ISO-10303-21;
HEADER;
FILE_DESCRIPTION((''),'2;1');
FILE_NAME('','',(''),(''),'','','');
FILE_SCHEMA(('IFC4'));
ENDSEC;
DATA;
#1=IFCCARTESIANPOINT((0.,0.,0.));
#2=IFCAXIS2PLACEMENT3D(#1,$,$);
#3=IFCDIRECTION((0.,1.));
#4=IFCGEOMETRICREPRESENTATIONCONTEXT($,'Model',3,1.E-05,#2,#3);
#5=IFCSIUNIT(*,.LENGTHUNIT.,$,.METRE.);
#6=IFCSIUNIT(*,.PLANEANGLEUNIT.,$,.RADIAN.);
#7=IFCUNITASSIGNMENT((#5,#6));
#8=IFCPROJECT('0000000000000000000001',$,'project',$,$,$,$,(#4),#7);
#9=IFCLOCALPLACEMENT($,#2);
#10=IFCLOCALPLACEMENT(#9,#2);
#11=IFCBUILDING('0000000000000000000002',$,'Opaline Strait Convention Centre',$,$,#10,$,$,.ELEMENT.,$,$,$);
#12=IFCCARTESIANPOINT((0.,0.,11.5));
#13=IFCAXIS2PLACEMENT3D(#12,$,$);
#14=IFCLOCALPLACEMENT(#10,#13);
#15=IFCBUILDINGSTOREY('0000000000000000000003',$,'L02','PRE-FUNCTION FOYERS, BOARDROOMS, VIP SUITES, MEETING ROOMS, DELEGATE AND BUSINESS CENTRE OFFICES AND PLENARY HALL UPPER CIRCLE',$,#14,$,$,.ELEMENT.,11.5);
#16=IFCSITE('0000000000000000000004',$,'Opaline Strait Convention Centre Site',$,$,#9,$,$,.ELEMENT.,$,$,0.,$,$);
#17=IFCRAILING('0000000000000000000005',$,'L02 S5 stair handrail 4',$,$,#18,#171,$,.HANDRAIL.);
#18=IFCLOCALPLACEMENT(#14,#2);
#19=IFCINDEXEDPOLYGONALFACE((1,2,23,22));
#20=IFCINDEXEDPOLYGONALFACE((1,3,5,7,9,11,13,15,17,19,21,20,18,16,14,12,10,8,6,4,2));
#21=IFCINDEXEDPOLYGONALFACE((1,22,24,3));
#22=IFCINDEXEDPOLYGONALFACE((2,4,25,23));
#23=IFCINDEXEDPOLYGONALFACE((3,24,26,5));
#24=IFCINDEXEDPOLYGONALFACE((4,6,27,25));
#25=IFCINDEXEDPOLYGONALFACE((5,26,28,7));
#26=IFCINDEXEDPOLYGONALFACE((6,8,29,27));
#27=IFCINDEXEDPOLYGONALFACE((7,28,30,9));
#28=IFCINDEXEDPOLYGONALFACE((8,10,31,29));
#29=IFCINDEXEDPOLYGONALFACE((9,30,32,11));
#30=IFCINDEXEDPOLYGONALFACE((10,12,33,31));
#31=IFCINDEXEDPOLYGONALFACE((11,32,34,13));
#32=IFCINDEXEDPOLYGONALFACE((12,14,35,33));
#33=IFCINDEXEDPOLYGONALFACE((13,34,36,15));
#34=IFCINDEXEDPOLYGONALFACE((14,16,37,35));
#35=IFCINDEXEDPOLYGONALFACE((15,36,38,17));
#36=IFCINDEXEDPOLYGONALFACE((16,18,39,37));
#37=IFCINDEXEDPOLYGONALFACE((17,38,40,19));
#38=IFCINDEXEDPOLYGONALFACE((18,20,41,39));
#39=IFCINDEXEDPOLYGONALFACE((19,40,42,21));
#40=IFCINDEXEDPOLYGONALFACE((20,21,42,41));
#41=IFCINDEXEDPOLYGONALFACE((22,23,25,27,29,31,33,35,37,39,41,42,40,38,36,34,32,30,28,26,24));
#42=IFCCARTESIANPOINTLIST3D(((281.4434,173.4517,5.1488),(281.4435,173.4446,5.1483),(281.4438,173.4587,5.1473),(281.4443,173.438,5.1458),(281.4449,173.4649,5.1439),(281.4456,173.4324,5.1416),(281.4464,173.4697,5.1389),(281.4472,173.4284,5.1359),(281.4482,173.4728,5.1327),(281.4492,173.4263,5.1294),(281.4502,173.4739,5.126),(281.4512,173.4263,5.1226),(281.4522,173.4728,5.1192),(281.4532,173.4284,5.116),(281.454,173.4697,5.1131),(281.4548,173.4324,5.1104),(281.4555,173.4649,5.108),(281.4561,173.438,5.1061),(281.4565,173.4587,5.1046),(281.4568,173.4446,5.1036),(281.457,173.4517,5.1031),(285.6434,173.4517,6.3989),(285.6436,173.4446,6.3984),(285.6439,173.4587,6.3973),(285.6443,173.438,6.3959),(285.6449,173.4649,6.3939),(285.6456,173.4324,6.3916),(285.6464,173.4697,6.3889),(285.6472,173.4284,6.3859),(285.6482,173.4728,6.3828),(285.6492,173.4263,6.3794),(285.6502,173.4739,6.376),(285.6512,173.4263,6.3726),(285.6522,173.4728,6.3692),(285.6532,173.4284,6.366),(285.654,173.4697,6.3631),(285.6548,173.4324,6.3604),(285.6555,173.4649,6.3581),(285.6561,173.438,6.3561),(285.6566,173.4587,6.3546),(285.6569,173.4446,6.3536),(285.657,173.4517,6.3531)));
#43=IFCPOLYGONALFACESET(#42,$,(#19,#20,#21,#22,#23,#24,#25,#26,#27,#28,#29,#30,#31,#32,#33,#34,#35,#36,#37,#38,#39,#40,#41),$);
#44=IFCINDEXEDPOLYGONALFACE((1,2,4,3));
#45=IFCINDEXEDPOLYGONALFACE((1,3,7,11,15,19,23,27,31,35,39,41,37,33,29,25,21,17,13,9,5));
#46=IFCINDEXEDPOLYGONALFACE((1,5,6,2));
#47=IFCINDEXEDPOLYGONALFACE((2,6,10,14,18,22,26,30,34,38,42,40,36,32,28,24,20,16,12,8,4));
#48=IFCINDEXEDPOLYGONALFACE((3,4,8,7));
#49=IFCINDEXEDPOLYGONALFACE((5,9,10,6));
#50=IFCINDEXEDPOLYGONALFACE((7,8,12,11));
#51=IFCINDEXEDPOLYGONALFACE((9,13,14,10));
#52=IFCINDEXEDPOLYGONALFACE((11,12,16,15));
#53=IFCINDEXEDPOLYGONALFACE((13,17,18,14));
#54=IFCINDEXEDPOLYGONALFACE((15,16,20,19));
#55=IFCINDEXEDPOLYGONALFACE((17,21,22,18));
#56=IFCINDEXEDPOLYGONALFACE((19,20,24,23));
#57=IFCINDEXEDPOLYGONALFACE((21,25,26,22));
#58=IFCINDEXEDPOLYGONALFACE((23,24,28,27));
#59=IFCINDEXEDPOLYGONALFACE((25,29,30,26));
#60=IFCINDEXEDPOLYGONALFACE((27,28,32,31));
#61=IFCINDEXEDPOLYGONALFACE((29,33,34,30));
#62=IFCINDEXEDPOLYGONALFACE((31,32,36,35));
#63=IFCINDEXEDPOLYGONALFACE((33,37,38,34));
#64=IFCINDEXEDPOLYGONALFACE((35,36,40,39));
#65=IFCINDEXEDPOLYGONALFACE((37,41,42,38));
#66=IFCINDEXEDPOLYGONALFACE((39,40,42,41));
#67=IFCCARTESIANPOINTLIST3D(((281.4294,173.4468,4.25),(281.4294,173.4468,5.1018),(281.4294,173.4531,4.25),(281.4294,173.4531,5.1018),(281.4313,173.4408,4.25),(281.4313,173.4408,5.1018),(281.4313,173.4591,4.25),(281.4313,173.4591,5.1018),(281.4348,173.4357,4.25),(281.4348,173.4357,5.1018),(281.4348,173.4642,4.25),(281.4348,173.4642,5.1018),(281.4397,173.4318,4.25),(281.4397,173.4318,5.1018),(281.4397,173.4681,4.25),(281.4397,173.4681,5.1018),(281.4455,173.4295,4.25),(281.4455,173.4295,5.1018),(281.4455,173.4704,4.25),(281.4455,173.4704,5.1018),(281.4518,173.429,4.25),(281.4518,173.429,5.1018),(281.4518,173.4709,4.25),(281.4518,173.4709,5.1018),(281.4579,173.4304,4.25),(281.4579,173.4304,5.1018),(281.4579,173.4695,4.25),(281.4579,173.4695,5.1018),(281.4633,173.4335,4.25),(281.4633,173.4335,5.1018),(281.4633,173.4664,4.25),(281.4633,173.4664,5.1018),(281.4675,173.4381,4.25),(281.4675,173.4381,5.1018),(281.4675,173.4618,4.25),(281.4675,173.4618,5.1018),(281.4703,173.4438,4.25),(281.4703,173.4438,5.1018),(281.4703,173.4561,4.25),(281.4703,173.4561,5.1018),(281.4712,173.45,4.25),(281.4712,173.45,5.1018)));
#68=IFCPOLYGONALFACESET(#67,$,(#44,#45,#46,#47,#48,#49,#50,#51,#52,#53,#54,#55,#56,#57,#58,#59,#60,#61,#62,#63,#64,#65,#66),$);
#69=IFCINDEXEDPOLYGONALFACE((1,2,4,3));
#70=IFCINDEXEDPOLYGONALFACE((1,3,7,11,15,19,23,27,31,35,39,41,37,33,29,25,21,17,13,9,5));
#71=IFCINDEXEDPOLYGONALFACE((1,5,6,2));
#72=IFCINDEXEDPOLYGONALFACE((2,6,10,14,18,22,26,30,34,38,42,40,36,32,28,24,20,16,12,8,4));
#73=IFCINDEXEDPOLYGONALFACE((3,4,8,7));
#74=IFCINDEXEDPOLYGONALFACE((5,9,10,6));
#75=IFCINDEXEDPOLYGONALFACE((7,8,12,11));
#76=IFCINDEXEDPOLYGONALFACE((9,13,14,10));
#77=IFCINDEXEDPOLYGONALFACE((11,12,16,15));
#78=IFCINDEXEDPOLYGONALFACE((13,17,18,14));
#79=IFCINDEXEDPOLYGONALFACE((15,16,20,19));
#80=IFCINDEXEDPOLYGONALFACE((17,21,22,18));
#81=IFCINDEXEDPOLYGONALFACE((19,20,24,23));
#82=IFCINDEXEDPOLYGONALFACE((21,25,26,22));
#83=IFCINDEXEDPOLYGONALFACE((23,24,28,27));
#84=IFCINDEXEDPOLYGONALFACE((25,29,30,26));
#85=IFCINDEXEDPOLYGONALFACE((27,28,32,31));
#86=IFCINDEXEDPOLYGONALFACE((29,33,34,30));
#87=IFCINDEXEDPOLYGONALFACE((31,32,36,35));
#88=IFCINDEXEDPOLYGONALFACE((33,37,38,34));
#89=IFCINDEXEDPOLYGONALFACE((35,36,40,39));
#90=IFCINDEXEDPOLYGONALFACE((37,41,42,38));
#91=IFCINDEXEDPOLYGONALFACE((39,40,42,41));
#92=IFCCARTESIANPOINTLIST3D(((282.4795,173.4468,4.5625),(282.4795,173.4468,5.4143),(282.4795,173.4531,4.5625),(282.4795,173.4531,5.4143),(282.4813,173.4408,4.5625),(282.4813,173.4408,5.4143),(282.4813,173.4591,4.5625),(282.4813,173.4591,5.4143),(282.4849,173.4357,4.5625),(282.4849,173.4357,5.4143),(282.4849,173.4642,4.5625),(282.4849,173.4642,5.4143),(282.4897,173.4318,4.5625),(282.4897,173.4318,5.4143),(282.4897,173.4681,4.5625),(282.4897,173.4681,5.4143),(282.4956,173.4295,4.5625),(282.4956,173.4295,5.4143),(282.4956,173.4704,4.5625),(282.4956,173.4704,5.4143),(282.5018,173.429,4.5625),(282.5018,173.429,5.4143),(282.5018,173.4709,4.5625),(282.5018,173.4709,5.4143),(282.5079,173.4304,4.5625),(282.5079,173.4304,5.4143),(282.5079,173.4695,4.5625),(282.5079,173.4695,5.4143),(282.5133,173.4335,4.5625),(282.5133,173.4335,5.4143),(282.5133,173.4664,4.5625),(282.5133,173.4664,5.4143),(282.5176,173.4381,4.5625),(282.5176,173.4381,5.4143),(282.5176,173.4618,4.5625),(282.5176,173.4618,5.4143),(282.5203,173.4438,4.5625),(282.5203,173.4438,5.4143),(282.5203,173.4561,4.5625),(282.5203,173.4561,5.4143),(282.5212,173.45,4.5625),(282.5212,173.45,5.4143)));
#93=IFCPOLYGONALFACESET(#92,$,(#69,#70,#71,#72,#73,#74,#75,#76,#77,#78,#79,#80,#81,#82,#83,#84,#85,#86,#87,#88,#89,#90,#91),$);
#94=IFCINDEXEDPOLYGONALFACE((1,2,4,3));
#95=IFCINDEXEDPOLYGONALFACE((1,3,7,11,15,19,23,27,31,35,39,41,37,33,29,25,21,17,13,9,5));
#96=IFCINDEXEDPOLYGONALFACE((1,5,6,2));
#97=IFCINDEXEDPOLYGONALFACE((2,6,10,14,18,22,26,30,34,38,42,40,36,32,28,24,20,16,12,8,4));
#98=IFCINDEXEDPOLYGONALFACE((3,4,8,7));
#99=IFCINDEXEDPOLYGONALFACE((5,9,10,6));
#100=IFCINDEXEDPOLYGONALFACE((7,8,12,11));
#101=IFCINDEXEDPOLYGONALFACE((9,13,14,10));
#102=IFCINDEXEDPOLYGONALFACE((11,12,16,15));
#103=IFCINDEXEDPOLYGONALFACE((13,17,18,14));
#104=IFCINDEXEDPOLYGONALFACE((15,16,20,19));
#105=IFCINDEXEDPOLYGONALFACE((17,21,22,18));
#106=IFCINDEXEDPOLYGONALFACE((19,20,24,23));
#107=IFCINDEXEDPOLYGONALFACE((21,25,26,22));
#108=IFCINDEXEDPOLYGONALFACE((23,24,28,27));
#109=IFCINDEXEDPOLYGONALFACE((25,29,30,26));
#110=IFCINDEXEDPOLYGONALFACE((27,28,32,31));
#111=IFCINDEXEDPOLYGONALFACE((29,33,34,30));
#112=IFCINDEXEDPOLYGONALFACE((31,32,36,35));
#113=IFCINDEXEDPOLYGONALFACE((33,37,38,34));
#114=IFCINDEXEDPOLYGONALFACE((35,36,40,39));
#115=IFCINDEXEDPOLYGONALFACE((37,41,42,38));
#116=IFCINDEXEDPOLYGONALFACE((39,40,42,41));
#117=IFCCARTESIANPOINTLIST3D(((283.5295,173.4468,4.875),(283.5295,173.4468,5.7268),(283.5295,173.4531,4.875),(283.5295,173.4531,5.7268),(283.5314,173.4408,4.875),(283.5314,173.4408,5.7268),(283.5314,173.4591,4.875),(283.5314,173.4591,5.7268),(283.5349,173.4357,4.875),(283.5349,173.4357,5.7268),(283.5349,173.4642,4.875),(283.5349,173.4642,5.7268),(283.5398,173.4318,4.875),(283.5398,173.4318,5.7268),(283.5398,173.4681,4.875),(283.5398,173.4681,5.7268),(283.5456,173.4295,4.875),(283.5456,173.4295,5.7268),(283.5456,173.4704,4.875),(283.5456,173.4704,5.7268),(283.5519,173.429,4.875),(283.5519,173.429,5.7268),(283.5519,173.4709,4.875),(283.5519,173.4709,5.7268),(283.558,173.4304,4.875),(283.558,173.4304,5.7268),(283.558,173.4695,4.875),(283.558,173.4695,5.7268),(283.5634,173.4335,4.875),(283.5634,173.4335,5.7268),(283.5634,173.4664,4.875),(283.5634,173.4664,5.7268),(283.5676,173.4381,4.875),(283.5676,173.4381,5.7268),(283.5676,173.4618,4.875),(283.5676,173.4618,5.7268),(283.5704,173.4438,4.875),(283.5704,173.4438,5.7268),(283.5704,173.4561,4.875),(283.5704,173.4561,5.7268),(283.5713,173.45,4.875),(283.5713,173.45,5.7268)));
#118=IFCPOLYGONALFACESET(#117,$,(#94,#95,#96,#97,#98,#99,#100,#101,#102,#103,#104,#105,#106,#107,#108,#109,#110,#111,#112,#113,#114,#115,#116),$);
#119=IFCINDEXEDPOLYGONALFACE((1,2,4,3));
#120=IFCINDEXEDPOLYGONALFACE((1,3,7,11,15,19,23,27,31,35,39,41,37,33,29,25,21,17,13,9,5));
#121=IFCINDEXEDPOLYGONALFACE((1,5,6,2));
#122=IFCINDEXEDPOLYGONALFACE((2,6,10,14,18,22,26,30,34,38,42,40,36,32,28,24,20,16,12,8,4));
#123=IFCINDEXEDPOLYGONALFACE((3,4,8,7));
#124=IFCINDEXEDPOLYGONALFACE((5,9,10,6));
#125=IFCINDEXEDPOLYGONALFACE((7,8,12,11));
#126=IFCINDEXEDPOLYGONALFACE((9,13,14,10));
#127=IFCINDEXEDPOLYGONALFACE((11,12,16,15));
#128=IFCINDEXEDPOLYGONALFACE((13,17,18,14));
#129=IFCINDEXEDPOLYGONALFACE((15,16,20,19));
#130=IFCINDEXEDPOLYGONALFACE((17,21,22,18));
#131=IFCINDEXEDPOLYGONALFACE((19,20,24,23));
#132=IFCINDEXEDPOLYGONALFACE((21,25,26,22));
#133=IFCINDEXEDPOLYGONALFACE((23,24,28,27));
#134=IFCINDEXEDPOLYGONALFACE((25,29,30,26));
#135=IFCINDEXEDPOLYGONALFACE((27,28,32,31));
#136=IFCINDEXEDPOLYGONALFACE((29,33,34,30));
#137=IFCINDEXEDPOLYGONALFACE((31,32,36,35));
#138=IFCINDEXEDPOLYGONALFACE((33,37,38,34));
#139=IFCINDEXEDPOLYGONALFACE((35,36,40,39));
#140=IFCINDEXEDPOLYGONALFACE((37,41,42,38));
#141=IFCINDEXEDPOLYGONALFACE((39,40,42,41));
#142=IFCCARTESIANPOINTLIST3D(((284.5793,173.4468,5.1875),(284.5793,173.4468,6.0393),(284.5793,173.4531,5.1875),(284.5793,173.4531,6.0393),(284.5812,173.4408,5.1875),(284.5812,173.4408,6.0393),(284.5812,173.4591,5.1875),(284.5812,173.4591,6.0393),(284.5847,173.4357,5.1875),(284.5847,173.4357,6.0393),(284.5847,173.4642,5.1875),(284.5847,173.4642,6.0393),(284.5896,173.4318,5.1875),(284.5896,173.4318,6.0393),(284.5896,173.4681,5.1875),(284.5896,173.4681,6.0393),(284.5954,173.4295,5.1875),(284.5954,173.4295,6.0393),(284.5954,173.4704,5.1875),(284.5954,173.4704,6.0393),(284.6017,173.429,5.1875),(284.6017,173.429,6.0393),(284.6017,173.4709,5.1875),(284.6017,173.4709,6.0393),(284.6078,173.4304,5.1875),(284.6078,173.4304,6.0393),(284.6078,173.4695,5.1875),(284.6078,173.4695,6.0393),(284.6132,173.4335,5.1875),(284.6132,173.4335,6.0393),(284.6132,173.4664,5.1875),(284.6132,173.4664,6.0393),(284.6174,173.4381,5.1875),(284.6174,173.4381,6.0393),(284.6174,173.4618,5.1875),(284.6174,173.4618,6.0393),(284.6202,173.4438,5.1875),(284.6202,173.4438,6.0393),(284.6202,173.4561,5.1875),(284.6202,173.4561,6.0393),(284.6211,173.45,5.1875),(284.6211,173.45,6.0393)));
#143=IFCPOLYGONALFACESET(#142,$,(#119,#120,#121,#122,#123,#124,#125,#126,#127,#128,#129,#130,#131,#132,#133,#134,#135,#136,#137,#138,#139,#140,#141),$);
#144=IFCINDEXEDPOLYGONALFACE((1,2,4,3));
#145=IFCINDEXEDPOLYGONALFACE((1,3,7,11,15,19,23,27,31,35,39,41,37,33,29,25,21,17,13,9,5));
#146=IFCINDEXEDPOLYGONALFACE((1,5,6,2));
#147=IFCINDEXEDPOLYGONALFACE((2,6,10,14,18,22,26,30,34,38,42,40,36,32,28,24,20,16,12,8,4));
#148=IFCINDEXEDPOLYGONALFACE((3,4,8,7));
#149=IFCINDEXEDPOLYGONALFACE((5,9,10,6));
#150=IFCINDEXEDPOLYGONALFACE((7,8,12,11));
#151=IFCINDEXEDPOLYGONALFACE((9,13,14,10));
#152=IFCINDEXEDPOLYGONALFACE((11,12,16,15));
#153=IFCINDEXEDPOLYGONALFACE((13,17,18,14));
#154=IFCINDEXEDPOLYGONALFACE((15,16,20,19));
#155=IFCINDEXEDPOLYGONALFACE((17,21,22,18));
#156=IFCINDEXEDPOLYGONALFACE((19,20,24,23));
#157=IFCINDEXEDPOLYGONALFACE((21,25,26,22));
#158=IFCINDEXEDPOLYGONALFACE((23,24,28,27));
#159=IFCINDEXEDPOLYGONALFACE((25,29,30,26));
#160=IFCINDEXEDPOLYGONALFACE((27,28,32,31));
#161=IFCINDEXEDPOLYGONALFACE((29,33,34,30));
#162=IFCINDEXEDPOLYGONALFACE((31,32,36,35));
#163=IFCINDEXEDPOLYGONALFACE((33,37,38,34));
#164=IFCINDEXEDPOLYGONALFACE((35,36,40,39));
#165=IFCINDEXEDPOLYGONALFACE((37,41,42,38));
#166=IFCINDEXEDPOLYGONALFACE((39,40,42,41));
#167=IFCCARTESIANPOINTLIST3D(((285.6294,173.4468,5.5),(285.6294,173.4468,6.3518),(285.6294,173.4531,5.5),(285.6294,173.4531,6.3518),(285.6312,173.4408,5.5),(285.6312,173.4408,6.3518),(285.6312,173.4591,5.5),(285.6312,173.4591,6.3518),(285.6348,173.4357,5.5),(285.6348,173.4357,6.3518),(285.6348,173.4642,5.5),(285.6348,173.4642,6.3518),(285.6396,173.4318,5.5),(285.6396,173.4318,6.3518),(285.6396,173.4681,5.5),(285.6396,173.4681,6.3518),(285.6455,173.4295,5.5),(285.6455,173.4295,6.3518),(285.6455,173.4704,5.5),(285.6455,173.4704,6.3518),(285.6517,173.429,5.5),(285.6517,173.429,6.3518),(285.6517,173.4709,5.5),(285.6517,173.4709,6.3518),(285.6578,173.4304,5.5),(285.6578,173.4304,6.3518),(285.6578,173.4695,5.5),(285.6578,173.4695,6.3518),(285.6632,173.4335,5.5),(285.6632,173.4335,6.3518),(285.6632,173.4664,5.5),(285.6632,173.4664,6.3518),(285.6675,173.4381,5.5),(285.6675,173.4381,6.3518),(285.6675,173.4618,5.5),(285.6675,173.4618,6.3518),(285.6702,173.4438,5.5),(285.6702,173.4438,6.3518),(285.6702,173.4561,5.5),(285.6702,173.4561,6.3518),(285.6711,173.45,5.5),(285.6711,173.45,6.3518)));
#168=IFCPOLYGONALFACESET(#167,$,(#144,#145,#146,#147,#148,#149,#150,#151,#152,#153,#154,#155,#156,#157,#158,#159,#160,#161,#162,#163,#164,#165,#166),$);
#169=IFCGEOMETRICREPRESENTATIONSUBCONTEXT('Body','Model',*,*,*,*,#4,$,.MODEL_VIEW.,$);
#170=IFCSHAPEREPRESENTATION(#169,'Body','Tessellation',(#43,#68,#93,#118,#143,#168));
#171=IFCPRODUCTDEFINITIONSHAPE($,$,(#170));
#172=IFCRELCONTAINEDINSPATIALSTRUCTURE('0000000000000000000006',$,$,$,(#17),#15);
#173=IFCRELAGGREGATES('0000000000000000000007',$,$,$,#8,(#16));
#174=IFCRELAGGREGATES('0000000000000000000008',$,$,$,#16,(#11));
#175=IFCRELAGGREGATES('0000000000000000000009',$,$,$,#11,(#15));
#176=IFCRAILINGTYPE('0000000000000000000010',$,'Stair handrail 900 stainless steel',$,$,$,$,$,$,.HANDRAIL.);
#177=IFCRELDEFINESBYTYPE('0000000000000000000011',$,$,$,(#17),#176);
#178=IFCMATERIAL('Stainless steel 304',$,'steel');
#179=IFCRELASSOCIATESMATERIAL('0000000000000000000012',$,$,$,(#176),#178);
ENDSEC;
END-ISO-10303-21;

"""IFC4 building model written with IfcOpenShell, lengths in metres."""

from ifc_helpers import new_model, si_unit, direction, frame, origin, origin_2d, place, context, subcontext, project, spatial, circle, extrude, material, type_object, element, save


model = new_model("IFC4")

# Units and contexts
model_context = context("Model", 3, precision=1e-05, world=origin(), true_north=direction((0.0, 1.0)))
body_context = subcontext(model_context, "Body", "Model", "MODEL_VIEW")
ifc_project = project(units=[si_unit("LENGTHUNIT", "METRE"), si_unit("PLANEANGLEUNIT", "RADIAN")], contexts=[model_context])

# Site, building, storey
site_placement = place(None, origin())
site = spatial("IfcSite", under=ifc_project, at=site_placement, Name="Opaline Strait Convention Centre Site", CompositionType="ELEMENT", RefElevation=0.0)
building_placement = place(site_placement, origin())
building = spatial("IfcBuilding", under=site, at=building_placement, Name="Opaline Strait Convention Centre", CompositionType="ELEMENT")
storey_placement = place(building_placement, frame((0.0, 0.0, 11.5)))
storey = spatial("IfcBuildingStorey", under=building, at=storey_placement, Name="L02", Description="PRE-FUNCTION FOYERS, BOARDROOMS, VIP SUITES, MEETING ROOMS, DELEGATE AND BUSINESS CENTRE OFFICES AND PLENARY HALL UPPER CIRCLE", CompositionType="ELEMENT", Elevation=11.5)

# Railing
ifc_material_1 = material(Name="Stainless steel 304", Category="steel")
railing_type_1 = type_object("IfcRailingType", Name="Stair handrail 900 stainless steel", PredefinedType="HANDRAIL", material=ifc_material_1)
for number, where, name in (
    (1, (281.4502, 173.45, 4.25), "L02 S5 stair handrail 4"),
):
    element("IfcRailing", number, at=place(storey_placement, frame(where)), inside=storey, type_object=railing_type_1, Name=name, PredefinedType="HANDRAIL", context=body_context, shape_type="SweptSolid", body=[
        extrude(circle(Radius=0.0239, at=origin_2d()), frame((0.0, 0.0, 0.876), z_axis=(0.958451, 0.0, 0.285257), x_axis=(0.0, 1.0, 0.0)), (0.0, 0.0, 1.0), 4.3821),
        extrude(circle(Radius=0.021, at=origin_2d()), origin(), (0.0, 0.0, 1.0), 0.8518),
        extrude(circle(Radius=0.021, at=origin_2d()), frame((1.05, 0.0, 0.3125)), (0.0, 0.0, 1.0), 0.8518),
        extrude(circle(Radius=0.021, at=origin_2d()), frame((2.1001, 0.0, 0.625)), (0.0, 0.0, 1.0), 0.8518),
        extrude(circle(Radius=0.021, at=origin_2d()), frame((3.1499, 0.0, 0.9375)), (0.0, 0.0, 1.0), 0.8518),
        extrude(circle(Radius=0.021, at=origin_2d()), frame((4.2, 0.0, 1.25)), (0.0, 0.0, 1.0), 0.8518),
    ])

save(model, "model.ifc")
